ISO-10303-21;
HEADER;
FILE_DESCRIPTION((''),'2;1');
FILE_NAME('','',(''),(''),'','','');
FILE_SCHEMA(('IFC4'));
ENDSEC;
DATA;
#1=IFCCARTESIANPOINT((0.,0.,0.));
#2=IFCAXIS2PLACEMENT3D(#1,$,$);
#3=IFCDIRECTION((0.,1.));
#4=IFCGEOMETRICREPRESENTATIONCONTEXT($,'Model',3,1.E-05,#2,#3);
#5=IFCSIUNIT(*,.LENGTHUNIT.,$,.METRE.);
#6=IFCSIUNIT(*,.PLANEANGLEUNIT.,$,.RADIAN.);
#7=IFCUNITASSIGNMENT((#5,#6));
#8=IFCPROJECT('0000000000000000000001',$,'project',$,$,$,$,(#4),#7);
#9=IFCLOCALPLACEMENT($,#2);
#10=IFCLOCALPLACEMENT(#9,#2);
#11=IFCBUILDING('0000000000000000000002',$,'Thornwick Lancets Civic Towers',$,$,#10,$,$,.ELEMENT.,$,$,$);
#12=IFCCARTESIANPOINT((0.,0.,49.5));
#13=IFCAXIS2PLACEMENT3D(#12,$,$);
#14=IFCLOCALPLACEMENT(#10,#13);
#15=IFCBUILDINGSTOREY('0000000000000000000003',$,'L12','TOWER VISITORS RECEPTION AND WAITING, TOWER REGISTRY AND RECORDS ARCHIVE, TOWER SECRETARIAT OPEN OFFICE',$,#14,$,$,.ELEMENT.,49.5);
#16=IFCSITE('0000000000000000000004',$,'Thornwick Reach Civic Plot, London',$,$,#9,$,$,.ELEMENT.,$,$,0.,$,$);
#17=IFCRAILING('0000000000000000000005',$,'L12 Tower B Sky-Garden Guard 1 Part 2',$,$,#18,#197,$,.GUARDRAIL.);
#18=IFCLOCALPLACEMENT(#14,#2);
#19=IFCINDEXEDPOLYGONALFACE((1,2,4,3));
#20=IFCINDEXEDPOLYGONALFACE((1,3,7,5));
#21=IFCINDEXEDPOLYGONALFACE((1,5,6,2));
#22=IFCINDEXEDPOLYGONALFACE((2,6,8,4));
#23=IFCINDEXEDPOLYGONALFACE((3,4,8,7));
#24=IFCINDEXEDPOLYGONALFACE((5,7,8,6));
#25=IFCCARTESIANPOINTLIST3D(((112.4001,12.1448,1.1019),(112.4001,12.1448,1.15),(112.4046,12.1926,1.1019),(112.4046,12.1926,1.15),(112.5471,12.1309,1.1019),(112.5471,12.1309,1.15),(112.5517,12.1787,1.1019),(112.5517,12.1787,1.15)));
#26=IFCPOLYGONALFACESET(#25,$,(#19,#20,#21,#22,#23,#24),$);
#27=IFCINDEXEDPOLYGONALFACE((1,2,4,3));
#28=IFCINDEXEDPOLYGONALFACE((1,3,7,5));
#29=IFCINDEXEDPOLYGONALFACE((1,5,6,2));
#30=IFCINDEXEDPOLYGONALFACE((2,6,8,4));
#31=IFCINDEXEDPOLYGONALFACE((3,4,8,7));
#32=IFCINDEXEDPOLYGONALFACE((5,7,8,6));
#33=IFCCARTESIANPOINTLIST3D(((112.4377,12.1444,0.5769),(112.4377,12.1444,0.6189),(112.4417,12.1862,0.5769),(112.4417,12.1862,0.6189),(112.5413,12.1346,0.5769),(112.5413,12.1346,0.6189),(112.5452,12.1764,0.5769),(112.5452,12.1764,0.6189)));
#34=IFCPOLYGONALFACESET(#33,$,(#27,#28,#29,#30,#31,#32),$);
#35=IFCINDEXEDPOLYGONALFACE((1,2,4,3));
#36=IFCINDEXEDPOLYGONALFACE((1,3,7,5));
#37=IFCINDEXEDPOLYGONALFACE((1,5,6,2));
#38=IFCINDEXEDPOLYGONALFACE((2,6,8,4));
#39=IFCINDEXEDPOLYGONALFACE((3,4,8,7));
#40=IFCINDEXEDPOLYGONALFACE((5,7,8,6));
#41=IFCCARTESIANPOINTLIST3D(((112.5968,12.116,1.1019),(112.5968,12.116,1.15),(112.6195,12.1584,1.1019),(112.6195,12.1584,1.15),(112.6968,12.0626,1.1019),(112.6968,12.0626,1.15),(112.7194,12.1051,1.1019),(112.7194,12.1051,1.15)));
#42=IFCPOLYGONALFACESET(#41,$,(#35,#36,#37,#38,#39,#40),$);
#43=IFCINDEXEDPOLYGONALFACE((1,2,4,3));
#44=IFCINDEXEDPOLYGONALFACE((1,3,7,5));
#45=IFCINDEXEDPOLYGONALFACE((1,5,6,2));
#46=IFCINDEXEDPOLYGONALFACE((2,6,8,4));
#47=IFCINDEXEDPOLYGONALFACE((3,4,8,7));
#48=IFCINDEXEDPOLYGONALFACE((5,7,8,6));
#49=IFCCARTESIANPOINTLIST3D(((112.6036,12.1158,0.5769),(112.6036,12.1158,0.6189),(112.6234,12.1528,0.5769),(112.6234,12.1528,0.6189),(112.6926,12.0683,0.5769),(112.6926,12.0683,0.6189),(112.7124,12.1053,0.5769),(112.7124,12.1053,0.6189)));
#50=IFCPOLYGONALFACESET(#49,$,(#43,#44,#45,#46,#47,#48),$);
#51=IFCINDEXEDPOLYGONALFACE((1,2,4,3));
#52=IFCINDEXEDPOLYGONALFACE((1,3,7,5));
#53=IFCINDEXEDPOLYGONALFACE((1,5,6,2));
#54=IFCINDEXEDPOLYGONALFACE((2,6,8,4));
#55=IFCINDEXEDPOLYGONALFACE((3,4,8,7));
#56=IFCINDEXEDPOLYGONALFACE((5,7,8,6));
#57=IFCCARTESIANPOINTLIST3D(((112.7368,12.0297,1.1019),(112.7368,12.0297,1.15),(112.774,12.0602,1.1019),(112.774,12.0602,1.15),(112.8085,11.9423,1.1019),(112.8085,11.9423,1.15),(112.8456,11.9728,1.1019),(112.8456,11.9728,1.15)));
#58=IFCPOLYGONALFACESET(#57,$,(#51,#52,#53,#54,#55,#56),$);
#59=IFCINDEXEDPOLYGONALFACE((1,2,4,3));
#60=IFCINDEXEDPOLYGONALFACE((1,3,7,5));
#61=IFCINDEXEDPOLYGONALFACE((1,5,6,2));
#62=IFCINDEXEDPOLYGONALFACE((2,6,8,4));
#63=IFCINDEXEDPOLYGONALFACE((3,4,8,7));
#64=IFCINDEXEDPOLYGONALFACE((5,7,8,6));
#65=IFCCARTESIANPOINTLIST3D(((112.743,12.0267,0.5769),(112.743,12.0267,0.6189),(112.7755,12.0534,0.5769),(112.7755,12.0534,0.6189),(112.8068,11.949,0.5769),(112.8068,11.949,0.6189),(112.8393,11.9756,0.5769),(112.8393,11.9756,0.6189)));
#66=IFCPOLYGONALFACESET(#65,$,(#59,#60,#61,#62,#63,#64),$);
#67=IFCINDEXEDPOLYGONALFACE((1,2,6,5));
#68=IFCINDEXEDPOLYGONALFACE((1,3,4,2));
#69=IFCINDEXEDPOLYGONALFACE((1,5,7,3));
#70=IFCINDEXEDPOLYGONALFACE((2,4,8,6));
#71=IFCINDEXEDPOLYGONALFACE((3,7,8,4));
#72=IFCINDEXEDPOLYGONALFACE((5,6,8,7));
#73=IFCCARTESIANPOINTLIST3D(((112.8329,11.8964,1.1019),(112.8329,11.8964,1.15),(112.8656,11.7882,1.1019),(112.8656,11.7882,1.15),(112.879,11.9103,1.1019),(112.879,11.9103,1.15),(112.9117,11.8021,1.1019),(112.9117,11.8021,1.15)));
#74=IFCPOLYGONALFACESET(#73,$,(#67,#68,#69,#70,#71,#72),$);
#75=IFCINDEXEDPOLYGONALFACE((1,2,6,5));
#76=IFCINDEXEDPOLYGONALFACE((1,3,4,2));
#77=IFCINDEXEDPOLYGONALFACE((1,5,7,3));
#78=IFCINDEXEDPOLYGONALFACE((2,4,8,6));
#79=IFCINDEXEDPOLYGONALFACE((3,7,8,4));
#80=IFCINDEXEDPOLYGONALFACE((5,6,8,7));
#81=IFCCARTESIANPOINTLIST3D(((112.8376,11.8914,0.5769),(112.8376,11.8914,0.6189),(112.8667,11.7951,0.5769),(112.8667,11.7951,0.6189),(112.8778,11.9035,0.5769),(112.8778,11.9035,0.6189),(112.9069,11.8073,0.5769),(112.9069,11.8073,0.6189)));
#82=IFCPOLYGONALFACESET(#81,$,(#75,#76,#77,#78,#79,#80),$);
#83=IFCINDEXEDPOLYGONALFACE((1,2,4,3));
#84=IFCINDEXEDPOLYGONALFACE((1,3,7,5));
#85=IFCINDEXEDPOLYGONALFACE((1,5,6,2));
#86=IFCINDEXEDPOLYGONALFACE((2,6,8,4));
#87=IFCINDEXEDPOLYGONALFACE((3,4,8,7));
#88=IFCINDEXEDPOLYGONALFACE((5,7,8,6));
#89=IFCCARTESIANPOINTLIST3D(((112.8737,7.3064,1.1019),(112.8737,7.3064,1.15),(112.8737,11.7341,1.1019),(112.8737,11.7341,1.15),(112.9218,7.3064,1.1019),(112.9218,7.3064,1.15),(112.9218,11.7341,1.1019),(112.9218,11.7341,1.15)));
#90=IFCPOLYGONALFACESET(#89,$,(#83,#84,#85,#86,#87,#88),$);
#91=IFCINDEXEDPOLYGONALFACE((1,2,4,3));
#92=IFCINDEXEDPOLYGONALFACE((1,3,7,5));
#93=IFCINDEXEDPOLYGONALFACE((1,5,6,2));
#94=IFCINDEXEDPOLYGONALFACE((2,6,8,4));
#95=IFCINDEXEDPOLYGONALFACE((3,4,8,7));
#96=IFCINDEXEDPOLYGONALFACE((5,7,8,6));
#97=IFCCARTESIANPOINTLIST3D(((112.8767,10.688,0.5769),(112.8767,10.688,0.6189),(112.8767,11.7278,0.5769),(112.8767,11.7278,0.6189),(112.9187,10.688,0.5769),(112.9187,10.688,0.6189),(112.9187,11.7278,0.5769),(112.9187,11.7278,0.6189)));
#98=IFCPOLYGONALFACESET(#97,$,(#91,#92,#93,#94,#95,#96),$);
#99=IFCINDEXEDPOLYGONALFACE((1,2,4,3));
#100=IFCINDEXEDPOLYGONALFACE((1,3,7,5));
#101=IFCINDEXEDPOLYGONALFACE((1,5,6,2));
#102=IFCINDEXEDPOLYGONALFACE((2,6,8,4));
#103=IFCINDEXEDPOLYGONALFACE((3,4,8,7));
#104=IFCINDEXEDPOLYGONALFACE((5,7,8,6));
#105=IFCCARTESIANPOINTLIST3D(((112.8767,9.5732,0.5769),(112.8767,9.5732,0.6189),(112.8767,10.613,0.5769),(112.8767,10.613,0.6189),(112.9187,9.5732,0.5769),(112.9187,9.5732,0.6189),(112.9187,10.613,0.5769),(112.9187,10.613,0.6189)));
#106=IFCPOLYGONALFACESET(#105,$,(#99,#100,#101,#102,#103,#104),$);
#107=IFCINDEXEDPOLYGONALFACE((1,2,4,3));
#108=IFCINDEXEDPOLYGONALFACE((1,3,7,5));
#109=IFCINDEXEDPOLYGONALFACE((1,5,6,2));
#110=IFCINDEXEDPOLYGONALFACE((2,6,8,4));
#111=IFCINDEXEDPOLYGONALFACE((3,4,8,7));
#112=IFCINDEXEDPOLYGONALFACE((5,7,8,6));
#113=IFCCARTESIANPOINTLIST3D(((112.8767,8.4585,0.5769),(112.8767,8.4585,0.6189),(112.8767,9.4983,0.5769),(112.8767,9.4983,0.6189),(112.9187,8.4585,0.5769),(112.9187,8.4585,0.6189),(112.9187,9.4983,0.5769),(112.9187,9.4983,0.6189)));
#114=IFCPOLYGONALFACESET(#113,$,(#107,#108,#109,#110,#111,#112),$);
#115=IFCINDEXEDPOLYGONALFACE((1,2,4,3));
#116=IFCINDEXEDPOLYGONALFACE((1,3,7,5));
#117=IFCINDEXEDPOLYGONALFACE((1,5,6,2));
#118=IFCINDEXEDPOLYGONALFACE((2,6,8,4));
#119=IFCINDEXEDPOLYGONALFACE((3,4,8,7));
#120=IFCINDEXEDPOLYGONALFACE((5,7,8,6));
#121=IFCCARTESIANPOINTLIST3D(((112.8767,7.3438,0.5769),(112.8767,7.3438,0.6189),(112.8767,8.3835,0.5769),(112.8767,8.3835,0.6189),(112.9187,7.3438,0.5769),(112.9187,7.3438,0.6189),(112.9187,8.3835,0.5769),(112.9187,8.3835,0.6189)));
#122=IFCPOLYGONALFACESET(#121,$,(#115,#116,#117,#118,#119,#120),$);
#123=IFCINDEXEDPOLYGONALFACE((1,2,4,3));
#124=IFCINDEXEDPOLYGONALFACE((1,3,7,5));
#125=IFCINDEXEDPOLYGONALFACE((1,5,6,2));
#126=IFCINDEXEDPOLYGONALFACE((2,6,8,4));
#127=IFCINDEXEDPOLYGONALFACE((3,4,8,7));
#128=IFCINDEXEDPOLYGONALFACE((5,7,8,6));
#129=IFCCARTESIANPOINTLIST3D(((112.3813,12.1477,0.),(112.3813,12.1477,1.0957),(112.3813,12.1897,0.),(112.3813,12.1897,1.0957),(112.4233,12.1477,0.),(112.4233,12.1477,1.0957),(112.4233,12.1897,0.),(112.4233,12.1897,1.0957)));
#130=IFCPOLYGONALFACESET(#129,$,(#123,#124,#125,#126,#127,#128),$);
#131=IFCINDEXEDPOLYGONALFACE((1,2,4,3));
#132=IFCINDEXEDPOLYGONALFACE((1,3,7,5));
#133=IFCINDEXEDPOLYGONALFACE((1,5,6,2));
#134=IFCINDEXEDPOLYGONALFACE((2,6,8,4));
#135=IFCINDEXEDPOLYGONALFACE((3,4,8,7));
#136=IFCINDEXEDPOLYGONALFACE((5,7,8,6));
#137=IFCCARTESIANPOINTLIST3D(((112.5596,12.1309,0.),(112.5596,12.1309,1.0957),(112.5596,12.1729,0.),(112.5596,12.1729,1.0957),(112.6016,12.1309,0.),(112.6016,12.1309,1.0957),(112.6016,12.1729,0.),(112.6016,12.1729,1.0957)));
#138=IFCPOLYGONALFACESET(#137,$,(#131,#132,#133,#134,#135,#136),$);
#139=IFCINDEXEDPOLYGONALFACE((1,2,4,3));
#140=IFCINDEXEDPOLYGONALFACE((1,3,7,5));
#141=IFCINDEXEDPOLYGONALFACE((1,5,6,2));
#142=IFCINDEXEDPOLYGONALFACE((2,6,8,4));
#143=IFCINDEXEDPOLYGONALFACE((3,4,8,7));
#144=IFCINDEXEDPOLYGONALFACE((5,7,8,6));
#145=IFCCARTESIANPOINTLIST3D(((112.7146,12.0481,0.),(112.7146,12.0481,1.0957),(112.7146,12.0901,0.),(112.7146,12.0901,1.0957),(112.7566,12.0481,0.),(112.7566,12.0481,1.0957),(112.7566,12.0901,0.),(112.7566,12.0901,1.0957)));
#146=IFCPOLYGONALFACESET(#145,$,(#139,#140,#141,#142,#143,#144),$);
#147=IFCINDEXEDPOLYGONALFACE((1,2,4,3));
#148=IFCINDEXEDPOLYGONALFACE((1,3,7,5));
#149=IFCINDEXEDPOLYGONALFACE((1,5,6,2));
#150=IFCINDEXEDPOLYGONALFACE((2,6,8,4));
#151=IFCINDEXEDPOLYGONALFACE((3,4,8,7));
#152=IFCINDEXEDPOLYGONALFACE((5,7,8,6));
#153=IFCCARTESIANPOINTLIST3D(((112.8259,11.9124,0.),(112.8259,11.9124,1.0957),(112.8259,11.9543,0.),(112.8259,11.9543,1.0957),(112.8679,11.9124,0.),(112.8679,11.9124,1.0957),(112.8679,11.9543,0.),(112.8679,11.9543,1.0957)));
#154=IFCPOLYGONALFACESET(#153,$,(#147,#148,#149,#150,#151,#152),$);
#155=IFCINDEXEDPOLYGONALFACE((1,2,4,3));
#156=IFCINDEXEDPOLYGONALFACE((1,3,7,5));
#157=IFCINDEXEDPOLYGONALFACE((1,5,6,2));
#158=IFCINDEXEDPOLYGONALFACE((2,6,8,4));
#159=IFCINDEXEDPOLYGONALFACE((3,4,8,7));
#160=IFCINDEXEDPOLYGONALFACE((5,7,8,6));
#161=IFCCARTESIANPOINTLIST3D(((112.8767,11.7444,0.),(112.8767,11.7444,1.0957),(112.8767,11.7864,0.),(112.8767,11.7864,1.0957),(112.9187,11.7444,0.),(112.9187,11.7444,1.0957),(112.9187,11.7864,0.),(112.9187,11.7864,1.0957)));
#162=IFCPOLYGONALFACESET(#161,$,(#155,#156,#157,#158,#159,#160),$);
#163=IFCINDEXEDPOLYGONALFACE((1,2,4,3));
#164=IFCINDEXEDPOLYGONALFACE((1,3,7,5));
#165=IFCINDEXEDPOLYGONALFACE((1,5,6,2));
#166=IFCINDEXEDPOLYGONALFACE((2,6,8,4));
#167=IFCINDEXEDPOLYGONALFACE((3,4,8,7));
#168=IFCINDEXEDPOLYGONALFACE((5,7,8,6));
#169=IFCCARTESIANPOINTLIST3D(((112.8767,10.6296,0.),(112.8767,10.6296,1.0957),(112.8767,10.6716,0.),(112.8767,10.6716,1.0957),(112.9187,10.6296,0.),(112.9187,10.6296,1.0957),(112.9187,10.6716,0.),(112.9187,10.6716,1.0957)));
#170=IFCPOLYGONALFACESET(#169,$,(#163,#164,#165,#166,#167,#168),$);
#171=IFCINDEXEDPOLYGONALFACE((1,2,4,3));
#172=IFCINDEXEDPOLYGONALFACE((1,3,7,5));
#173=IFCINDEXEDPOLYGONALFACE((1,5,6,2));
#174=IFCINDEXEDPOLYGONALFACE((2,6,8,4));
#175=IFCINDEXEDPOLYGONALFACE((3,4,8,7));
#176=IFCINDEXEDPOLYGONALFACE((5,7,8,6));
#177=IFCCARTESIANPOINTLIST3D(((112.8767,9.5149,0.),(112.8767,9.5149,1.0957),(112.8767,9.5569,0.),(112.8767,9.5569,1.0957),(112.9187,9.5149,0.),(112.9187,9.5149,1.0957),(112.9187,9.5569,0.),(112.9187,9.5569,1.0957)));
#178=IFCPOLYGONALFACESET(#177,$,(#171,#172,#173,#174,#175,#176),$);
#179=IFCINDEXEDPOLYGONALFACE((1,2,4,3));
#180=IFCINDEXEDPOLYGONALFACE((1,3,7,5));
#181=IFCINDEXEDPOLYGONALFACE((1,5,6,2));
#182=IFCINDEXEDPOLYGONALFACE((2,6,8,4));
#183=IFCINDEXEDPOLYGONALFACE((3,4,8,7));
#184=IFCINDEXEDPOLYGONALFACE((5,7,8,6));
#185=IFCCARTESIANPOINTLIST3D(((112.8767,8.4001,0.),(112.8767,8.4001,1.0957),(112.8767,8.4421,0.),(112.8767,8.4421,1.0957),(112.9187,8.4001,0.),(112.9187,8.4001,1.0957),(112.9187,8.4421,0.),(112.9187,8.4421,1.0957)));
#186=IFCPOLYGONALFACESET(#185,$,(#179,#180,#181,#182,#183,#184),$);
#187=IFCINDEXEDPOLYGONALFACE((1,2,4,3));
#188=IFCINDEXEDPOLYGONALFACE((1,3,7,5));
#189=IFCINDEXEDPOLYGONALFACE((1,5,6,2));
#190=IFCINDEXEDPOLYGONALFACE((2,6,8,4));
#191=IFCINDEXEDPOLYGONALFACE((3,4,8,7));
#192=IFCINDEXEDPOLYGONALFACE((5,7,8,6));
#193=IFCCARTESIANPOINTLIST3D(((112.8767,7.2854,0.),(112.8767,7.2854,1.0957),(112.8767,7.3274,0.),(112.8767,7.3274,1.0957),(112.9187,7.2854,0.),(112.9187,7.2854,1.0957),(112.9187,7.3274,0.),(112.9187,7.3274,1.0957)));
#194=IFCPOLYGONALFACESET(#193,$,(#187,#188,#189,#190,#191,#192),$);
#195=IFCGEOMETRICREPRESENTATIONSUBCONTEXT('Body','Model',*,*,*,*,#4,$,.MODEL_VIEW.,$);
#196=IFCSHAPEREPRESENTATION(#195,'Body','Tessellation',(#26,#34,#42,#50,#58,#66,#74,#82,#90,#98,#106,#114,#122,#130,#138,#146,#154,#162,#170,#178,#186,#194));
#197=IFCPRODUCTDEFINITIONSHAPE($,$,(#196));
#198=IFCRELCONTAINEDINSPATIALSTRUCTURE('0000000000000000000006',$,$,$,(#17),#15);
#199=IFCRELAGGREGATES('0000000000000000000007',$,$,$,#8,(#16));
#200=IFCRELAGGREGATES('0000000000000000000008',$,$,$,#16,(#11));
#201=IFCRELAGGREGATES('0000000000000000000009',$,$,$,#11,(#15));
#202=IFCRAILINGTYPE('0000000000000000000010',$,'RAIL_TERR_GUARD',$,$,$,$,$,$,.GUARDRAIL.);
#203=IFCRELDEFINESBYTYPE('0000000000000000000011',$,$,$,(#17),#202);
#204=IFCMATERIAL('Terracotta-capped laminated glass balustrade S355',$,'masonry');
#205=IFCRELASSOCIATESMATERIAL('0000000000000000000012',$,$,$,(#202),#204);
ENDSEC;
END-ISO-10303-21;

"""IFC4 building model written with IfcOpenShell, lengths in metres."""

from ifc_helpers import new_model, si_unit, direction, frame, origin, origin_2d, place, context, subcontext, project, spatial, rectangle, extrude, material, type_object, element, save


model = new_model("IFC4")

# Units and contexts
model_context = context("Model", 3, precision=1e-05, world=origin(), true_north=direction((0.0, 1.0)))
body_context = subcontext(model_context, "Body", "Model", "MODEL_VIEW")
ifc_project = project(units=[si_unit("LENGTHUNIT", "METRE"), si_unit("PLANEANGLEUNIT", "RADIAN")], contexts=[model_context])

# Site, building, storey
site_placement = place(None, origin())
site = spatial("IfcSite", under=ifc_project, at=site_placement, Name="Thornwick Reach Civic Plot, London", CompositionType="ELEMENT", RefElevation=0.0)
building_placement = place(site_placement, origin())
building = spatial("IfcBuilding", under=site, at=building_placement, Name="Thornwick Lancets Civic Towers", CompositionType="ELEMENT")
storey_placement = place(building_placement, frame((0.0, 0.0, 49.5)))
storey = spatial("IfcBuildingStorey", under=building, at=storey_placement, Name="L12", Description="TOWER VISITORS RECEPTION AND WAITING, TOWER REGISTRY AND RECORDS ARCHIVE, TOWER SECRETARIAT OPEN OFFICE", CompositionType="ELEMENT", Elevation=49.5)

# Railing
ifc_material_1 = material(Name="Terracotta-capped laminated glass balustrade S355", Category="masonry")
railing_type = type_object("IfcRailingType", Name="RAIL_TERR_GUARD", PredefinedType="GUARDRAIL", material=ifc_material_1)
railing_1_placement = place(storey_placement, frame((112.4023, 12.1687, 0.0)))
element("IfcRailing", 1, at=railing_1_placement, inside=storey, type_object=railing_type, Name="L12 Tower B Sky-Garden Guard 1 Part 2", PredefinedType="GUARDRAIL", context=body_context, shape_type="SweptSolid", body=[
    extrude(rectangle(XDim=0.0481, YDim=0.0481, at=origin_2d()), frame((0.0, 0.0, 1.126), z_axis=(0.995563, -0.094101, 0.0), x_axis=(0.094101, 0.995563, 0.0)), (0.0, 0.0, 1.0), 0.1477),
    extrude(rectangle(XDim=0.042, YDim=0.042, at=origin_2d()), frame((0.0374, -0.0034, 0.5979), z_axis=(0.995563, -0.094101, 0.0), x_axis=(0.094101, 0.995563, 0.0)), (0.0, 0.0, 1.0), 0.104),
    extrude(rectangle(XDim=0.0481, YDim=0.0481, at=origin_2d()), frame((0.2058, -0.0315, 1.126), z_axis=(0.882161, -0.470949, 0.0), x_axis=(0.470949, 0.882161, 0.0)), (0.0, 0.0, 1.0), 0.1133),
    extrude(rectangle(XDim=0.042, YDim=0.042, at=origin_2d()), frame((0.2112, -0.0344, 0.5979), z_axis=(0.882161, -0.470949, 0.0), x_axis=(0.470949, 0.882161, 0.0)), (0.0, 0.0, 1.0), 0.1008),
    extrude(rectangle(XDim=0.0481, YDim=0.0481, at=origin_2d()), frame((0.353, -0.1238, 1.126), z_axis=(0.634146, -0.773213, 0.0), x_axis=(0.773213, 0.634146, 0.0)), (0.0, 0.0, 1.0), 0.113),
    extrude(rectangle(XDim=0.042, YDim=0.042, at=origin_2d()), frame((0.3569, -0.1287, 0.5979), z_axis=(0.634146, -0.773213, 0.0), x_axis=(0.773213, 0.634146, 0.0)), (0.0, 0.0, 1.0), 0.1006),
    extrude(rectangle(XDim=0.0481, YDim=0.0481, at=origin_2d()), frame((0.4536, -0.2654, 1.126), z_axis=(0.28939, -0.957211, 0.0), x_axis=(0.957211, 0.28939, 0.0)), (0.0, 0.0, 1.0), 0.113),
    extrude(rectangle(XDim=0.042, YDim=0.042, at=origin_2d()), frame((0.4553, -0.2712, 0.5979), z_axis=(0.28939, -0.957211, 0.0), x_axis=(0.957211, 0.28939, 0.0)), (0.0, 0.0, 1.0), 0.1006),
    extrude(rectangle(XDim=0.0481, YDim=0.0481, at=origin_2d()), frame((0.4954, -0.4346, 1.126), z_axis=(0.0, -1.0, 0.0), x_axis=(1.0, 0.0, 0.0)), (0.0, 0.0, 1.0), 4.4277),
    extrude(rectangle(XDim=0.042, YDim=0.042, at=origin_2d()), frame((0.4954, -0.4409, 0.5979), z_axis=(0.0, -1.0, 0.0), x_axis=(1.0, 0.0, 0.0)), (0.0, 0.0, 1.0), 1.0398),
    extrude(rectangle(XDim=0.042, YDim=0.042, at=origin_2d()), frame((0.4954, -1.5557, 0.5979), z_axis=(0.0, -1.0, 0.0), x_axis=(1.0, 0.0, 0.0)), (0.0, 0.0, 1.0), 1.0398),
    extrude(rectangle(XDim=0.042, YDim=0.042, at=origin_2d()), frame((0.4954, -2.6704, 0.5979), z_axis=(0.0, -1.0, 0.0), x_axis=(1.0, 0.0, 0.0)), (0.0, 0.0, 1.0), 1.0398),
    extrude(rectangle(XDim=0.042, YDim=0.042, at=origin_2d()), frame((0.4954, -3.7852, 0.5979), z_axis=(0.0, -1.0, 0.0), x_axis=(1.0, 0.0, 0.0)), (0.0, 0.0, 1.0), 1.0398),
    extrude(rectangle(XDim=0.042, YDim=0.042, at=origin_2d()), origin(), (0.0, 0.0, 1.0), 1.0957),
    extrude(rectangle(XDim=0.042, YDim=0.042, at=origin_2d()), frame((0.1782, -0.0168, 0.0)), (0.0, 0.0, 1.0), 1.0957),
    extrude(rectangle(XDim=0.042, YDim=0.042, at=origin_2d()), frame((0.3333, -0.0996, 0.0)), (0.0, 0.0, 1.0), 1.0957),
    extrude(rectangle(XDim=0.042, YDim=0.042, at=origin_2d()), frame((0.4446, -0.2354, 0.0)), (0.0, 0.0, 1.0), 1.0957),
    extrude(rectangle(XDim=0.042, YDim=0.042, at=origin_2d()), frame((0.4954, -0.4033, 0.0)), (0.0, 0.0, 1.0), 1.0957),
    extrude(rectangle(XDim=0.042, YDim=0.042, at=origin_2d()), frame((0.4954, -1.5181, 0.0)), (0.0, 0.0, 1.0), 1.0957),
    extrude(rectangle(XDim=0.042, YDim=0.042, at=origin_2d()), frame((0.4954, -2.6328, 0.0)), (0.0, 0.0, 1.0), 1.0957),
    extrude(rectangle(XDim=0.042, YDim=0.042, at=origin_2d()), frame((0.4954, -3.7476, 0.0)), (0.0, 0.0, 1.0), 1.0957),
    extrude(rectangle(XDim=0.042, YDim=0.042, at=origin_2d()), frame((0.4954, -4.8623, 0.0)), (0.0, 0.0, 1.0), 1.0957),
])

save(model, "model.ifc")
